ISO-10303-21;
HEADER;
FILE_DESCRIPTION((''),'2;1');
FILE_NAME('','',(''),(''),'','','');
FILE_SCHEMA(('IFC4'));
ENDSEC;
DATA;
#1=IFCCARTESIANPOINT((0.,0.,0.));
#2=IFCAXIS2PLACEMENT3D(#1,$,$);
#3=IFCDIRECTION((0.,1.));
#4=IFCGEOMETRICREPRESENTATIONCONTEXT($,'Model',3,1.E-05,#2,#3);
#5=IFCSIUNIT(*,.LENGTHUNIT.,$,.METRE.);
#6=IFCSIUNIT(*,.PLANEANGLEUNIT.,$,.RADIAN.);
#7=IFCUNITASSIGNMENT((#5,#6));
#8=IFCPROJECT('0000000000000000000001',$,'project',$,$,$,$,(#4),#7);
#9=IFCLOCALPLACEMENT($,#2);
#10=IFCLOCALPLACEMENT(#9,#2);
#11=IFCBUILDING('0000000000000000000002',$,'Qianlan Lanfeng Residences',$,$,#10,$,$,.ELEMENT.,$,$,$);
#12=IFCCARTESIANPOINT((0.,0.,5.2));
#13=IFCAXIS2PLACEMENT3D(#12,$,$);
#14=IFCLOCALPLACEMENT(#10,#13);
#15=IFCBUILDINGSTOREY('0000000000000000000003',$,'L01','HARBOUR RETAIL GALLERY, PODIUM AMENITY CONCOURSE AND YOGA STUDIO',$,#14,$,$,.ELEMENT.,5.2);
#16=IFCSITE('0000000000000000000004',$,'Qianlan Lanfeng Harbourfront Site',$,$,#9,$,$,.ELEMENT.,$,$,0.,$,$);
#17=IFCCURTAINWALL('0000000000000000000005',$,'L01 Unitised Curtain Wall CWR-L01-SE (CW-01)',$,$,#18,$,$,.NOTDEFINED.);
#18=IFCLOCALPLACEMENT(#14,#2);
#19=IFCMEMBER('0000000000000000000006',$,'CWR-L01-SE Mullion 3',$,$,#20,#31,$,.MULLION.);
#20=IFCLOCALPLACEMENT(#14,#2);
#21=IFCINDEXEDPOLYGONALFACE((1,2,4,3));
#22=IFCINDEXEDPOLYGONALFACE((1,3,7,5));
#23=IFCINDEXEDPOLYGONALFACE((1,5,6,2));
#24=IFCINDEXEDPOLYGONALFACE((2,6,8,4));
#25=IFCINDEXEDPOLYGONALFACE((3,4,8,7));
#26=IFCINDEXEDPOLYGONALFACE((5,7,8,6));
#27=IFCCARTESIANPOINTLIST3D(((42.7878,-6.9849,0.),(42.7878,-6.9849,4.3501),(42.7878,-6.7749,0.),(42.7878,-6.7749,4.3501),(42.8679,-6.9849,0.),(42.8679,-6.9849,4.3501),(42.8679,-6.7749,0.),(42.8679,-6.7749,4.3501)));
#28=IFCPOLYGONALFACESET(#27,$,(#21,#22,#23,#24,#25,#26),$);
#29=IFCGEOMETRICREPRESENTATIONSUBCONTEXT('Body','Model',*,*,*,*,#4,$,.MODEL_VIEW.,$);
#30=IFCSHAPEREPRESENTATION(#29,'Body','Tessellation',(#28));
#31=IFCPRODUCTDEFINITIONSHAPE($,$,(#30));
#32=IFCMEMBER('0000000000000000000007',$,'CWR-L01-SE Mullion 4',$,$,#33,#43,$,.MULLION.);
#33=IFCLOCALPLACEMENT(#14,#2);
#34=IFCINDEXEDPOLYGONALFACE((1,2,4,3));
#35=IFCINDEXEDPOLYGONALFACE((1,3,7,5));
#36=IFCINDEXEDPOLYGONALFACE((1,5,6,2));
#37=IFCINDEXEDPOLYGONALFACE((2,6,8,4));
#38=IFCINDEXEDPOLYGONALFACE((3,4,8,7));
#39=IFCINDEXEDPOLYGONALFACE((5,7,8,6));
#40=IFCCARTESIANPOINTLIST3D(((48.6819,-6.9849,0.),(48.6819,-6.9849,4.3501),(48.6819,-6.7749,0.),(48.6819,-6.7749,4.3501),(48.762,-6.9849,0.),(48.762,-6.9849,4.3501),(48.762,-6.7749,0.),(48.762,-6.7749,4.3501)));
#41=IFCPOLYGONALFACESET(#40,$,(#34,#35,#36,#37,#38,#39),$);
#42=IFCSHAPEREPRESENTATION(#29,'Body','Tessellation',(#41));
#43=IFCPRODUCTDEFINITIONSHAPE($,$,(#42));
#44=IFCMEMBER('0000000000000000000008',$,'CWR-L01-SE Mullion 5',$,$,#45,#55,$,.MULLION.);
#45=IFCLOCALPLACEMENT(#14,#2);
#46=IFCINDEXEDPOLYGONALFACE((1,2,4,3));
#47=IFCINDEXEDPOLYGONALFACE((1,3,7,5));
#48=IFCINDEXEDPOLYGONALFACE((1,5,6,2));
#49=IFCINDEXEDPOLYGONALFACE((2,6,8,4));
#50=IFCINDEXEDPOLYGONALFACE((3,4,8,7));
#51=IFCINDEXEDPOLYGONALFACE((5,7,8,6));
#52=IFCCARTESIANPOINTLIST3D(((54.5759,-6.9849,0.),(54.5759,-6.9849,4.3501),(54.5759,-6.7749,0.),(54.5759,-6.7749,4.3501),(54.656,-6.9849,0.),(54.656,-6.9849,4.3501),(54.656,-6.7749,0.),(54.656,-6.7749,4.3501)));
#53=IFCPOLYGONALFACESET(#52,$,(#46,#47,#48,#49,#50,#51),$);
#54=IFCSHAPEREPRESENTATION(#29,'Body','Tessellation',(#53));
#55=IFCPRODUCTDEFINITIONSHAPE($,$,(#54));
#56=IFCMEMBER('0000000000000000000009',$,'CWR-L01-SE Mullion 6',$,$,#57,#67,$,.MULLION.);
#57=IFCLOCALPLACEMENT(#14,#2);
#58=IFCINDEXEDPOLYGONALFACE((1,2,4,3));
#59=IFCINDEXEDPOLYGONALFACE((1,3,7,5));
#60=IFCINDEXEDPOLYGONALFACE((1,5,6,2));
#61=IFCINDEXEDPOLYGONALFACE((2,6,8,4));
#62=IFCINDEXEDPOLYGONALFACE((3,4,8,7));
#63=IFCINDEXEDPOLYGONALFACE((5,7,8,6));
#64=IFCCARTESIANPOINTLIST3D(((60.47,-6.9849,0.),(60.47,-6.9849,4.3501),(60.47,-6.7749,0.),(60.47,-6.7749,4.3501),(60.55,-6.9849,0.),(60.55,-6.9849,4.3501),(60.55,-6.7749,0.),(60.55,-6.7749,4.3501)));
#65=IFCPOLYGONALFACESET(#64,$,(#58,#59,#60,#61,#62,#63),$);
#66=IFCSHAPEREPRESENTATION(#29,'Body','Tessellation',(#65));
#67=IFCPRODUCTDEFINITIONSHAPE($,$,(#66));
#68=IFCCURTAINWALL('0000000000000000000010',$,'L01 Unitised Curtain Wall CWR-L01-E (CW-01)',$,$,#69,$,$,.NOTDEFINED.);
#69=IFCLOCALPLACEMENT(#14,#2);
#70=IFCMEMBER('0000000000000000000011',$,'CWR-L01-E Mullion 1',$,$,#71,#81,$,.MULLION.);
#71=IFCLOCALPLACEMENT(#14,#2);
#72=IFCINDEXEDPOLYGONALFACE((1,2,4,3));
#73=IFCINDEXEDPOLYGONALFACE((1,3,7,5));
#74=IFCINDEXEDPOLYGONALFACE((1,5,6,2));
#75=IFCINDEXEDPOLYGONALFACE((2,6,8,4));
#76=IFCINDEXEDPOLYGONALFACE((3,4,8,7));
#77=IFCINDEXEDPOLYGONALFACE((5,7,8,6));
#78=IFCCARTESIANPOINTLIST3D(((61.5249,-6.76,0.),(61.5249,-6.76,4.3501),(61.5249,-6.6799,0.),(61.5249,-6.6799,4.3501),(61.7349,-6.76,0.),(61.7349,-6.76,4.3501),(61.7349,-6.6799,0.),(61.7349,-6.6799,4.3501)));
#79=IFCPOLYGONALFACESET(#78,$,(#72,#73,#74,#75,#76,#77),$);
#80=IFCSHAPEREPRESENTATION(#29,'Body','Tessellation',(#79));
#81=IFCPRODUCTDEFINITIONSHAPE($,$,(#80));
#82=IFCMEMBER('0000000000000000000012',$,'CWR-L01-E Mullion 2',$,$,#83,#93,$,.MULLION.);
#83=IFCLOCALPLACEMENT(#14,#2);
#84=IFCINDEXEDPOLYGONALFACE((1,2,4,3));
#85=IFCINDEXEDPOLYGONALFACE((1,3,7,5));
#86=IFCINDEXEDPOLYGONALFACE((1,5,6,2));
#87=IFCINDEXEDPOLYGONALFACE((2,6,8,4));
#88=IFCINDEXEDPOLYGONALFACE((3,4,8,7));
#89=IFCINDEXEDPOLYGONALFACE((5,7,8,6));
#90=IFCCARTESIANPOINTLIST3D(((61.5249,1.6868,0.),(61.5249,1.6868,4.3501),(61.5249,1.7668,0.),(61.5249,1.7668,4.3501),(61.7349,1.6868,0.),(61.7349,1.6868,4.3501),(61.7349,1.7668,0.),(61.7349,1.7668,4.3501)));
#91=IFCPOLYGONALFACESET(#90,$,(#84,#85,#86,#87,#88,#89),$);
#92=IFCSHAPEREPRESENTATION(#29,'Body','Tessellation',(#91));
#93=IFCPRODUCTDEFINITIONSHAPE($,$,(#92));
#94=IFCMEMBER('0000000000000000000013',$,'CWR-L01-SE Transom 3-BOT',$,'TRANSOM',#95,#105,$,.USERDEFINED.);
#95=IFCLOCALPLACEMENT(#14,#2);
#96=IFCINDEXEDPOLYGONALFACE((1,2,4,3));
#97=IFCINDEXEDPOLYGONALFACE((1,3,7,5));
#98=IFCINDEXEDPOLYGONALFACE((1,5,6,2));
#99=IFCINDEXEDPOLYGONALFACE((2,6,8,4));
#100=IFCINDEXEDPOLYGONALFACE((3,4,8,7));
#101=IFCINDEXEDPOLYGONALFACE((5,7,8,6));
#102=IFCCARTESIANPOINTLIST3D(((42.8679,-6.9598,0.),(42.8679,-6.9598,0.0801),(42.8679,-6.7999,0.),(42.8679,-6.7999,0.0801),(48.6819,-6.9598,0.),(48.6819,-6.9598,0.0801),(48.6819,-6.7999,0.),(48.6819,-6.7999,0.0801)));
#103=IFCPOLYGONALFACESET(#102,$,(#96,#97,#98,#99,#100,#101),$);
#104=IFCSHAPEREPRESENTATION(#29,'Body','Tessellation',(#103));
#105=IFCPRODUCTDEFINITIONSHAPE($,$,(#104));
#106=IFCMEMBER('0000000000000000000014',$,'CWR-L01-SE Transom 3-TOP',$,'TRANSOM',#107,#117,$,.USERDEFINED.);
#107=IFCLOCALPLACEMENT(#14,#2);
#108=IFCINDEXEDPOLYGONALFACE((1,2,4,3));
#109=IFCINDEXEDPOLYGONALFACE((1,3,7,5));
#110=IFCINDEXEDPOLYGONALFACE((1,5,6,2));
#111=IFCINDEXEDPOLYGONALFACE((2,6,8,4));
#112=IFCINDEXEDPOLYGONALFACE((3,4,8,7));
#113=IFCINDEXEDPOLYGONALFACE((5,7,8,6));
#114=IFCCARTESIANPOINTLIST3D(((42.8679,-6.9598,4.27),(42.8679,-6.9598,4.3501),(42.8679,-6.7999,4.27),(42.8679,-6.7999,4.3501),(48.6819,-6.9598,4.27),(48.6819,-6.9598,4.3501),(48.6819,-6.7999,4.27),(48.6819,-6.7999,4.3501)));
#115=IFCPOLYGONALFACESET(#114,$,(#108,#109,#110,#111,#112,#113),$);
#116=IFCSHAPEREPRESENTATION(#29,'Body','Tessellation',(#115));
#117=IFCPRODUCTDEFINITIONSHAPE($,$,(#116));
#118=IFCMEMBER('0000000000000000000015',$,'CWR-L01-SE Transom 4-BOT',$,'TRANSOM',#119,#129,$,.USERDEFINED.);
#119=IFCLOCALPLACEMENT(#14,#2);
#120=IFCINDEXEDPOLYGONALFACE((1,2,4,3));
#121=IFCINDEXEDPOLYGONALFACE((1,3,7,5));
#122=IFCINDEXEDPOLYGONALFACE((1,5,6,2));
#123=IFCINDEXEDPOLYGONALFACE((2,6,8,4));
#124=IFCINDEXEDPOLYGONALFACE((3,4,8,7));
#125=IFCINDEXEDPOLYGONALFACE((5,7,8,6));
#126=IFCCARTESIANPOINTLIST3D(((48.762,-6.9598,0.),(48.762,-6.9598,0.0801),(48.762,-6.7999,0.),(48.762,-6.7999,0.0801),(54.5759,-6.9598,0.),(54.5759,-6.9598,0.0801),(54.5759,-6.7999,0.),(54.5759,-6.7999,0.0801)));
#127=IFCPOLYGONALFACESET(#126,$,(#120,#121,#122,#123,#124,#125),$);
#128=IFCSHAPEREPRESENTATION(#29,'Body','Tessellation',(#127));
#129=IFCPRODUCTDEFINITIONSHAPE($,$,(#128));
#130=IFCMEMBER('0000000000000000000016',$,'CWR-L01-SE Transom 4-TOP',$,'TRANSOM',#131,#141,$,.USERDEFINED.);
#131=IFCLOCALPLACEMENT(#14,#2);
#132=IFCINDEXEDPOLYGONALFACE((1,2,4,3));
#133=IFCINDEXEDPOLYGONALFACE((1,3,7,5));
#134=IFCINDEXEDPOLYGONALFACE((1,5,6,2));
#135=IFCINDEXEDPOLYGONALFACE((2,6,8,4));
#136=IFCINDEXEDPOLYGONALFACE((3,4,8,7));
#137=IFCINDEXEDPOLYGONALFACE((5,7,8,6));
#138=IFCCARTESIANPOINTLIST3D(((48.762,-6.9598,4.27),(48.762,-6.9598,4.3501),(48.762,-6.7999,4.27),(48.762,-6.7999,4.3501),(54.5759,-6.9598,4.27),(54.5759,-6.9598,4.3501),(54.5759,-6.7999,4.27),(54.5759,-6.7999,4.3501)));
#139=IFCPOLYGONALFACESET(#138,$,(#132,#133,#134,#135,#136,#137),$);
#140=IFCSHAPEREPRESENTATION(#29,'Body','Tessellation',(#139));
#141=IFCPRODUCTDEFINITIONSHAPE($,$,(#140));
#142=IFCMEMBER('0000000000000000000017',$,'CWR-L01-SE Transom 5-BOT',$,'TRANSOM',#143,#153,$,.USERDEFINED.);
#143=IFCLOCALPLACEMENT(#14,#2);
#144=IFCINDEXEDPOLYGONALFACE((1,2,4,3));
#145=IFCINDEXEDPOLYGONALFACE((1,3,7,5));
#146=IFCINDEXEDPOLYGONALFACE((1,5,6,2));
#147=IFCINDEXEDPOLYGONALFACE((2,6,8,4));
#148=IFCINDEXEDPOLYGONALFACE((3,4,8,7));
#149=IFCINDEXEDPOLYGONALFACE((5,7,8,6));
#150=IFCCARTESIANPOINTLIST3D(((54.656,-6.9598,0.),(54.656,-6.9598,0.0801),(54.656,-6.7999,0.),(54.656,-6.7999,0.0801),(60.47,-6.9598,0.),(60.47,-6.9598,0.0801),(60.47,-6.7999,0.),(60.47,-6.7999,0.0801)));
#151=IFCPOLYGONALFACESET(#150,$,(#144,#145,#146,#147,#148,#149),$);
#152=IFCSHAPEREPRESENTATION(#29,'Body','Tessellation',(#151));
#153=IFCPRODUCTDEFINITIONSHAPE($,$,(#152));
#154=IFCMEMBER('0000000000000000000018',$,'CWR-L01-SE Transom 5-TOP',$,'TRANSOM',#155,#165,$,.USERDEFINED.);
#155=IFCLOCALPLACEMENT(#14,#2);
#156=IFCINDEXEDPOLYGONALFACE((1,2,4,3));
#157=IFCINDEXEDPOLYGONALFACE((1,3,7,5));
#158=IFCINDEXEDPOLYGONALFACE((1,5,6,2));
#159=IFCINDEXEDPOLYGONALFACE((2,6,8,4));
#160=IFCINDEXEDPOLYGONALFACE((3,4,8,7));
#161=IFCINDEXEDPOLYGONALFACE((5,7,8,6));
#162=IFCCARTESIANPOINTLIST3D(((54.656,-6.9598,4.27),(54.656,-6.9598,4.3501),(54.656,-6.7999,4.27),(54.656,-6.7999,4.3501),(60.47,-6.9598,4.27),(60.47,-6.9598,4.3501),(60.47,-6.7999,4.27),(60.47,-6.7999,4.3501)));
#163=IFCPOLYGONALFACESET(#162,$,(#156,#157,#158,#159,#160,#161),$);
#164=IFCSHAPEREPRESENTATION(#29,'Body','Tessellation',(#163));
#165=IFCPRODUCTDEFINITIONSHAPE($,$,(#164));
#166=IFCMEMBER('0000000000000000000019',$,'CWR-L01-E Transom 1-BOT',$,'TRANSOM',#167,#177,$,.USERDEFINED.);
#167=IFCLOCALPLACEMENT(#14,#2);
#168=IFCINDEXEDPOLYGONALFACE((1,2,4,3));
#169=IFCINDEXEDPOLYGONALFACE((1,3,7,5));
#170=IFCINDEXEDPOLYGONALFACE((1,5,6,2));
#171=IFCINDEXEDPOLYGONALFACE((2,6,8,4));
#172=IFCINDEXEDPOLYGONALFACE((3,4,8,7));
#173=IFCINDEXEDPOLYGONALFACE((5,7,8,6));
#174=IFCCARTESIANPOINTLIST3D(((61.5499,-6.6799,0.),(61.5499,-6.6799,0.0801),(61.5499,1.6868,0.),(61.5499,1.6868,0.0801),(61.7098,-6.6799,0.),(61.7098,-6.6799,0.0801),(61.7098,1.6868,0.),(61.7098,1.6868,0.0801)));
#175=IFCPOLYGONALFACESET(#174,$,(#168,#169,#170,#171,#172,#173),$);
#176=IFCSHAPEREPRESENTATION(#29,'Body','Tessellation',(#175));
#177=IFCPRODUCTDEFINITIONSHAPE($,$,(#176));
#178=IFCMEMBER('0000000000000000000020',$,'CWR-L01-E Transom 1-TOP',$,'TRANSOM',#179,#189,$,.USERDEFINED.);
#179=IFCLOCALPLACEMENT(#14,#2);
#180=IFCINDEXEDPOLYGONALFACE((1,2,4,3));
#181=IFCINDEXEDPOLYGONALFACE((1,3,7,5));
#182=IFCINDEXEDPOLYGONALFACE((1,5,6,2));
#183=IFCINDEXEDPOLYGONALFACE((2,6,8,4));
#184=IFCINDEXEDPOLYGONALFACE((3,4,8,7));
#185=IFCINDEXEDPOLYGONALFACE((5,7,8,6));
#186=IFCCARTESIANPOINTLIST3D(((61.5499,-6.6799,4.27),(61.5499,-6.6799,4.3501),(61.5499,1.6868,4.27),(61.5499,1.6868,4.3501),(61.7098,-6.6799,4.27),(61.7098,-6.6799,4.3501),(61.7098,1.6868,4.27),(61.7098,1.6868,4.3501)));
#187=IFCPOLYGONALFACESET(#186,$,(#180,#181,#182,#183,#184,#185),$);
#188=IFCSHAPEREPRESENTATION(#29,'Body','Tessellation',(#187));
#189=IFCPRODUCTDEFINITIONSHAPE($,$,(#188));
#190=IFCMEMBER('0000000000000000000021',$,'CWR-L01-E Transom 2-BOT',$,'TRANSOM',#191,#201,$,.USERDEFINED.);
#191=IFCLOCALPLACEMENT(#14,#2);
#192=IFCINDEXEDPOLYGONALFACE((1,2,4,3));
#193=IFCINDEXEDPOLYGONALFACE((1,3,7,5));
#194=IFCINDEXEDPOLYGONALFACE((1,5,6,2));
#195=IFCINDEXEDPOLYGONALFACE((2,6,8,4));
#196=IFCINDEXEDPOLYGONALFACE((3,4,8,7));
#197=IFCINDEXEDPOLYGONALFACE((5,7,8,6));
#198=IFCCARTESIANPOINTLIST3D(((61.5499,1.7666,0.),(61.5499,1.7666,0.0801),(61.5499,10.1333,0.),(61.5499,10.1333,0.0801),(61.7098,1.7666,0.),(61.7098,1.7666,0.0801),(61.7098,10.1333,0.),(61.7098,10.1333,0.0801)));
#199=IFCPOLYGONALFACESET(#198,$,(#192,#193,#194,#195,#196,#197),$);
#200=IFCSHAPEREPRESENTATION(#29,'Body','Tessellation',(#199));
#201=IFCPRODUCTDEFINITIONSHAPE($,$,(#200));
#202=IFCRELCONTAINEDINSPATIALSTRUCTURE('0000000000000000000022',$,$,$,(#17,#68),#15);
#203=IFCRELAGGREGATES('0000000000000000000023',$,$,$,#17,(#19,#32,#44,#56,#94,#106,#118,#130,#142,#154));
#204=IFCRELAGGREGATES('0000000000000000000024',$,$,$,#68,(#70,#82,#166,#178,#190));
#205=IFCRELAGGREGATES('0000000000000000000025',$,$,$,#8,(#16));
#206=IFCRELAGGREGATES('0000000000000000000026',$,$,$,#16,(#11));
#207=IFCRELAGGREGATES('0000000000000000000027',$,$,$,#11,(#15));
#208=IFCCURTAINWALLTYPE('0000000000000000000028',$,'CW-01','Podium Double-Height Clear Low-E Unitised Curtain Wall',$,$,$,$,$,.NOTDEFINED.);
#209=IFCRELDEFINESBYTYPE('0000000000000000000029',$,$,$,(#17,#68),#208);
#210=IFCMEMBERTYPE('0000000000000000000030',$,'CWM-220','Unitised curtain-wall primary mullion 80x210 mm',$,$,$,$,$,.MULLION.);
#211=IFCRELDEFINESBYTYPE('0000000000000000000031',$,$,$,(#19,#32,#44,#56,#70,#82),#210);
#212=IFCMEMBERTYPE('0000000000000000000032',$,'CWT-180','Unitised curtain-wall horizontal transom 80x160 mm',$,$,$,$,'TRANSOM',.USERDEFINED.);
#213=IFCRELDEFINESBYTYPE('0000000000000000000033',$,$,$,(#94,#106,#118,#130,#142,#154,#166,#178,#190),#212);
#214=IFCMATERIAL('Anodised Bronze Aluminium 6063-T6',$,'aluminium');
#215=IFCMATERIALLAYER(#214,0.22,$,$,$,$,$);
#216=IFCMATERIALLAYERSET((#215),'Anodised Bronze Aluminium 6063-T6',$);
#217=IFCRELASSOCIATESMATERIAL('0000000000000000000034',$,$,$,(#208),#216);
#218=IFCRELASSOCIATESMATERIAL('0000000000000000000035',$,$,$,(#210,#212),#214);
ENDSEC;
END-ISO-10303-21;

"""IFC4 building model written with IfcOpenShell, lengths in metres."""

from ifc_helpers import new_model, si_unit, direction, frame, origin, origin_2d, place, context, subcontext, project, spatial, rectangle, extrude, source, transform, mapped, material, layer, layer_set, material_profile, profile_set, type_object, element, aggregate, save


model = new_model("IFC4")

# Units and contexts
model_context = context("Model", 3, precision=1e-05, world=origin(), true_north=direction((0.0, 1.0)))
body_context = subcontext(model_context, "Body", "Model", "MODEL_VIEW")
ifc_project = project(units=[si_unit("LENGTHUNIT", "METRE"), si_unit("PLANEANGLEUNIT", "RADIAN")], contexts=[model_context])

# Site, building, storey
site_placement = place(None, origin())
site = spatial("IfcSite", under=ifc_project, at=site_placement, Name="Qianlan Lanfeng Harbourfront Site", CompositionType="ELEMENT", RefElevation=0.0)
building_placement = place(site_placement, origin())
building = spatial("IfcBuilding", under=site, at=building_placement, Name="Qianlan Lanfeng Residences", CompositionType="ELEMENT")
storey_placement = place(building_placement, frame((0.0, 0.0, 5.2)))
storey = spatial("IfcBuildingStorey", under=building, at=storey_placement, Name="L01", Description="HARBOUR RETAIL GALLERY, PODIUM AMENITY CONCOURSE AND YOGA STUDIO", CompositionType="ELEMENT", Elevation=5.2)

# Curtain walls, members
ifc_material_1 = material(Name="Anodised Bronze Aluminium 6063-T6", Category="aluminium")
ifc_layer_1 = layer(ifc_material_1, 0.22)
ifc_layer_set_1 = layer_set([ifc_layer_1], Name="Anodised Bronze Aluminium 6063-T6")
curtain_wall_type = type_object("IfcCurtainWallType", Name="CW-01", Description="Podium Double-Height Clear Low-E Unitised Curtain Wall", PredefinedType="NOTDEFINED", material=ifc_layer_set_1)
curtain_wall_1_placement = place(storey_placement, origin())
curtain_wall_1 = element("IfcCurtainWall", 1, at=curtain_wall_1_placement, inside=storey, type_object=curtain_wall_type, Name="L01 Unitised Curtain Wall CWR-L01-SE (CW-01)", PredefinedType="NOTDEFINED")
ifc_material_profile_1 = material_profile(ifc_material_1, rectangle(XDim=0.0801, YDim=0.21, at=origin_2d()), Name="ALU MULLION 80x210")
ifc_profile_set_1 = profile_set([ifc_material_profile_1], Name="Anodised Bronze Aluminium 6063-T6")
member_type_1 = type_object("IfcMemberType", Name="CWM-220", Description="Unitised curtain-wall primary mullion 80x210 mm", PredefinedType="MULLION", material=ifc_profile_set_1)
shared_shape_1 = source(origin(), body_context, "Body", "SweptSolid", [
    extrude(rectangle(XDim=0.0801, YDim=0.21, at=origin_2d()), origin(), (0.0, 0.0, 1.0), 4.3501),
])
member_1_placement = place(storey_placement, frame((42.8279, -6.8799, 0.0), z_axis=(0.0, 0.0, 1.0), x_axis=(1.0, 0.0, 0.0)))
member_1 = element("IfcMember", 2, at=member_1_placement, type_object=member_type_1, Name="CWR-L01-SE Mullion 3", PredefinedType="MULLION", context=body_context, shape_type="MappedRepresentation", body=[
    mapped(shared_shape_1, transform((0.0, 0.0, 0.0), scale=1.0)),
])
member_2_placement = place(storey_placement, frame((48.7219, -6.8799, 0.0), z_axis=(0.0, 0.0, 1.0), x_axis=(1.0, 0.0, 0.0)))
member_2 = element("IfcMember", 3, at=member_2_placement, type_object=member_type_1, Name="CWR-L01-SE Mullion 4", PredefinedType="MULLION", context=body_context, shape_type="MappedRepresentation", body=[
    mapped(shared_shape_1, transform((0.0, 0.0, 0.0), scale=1.0)),
])
member_3_placement = place(storey_placement, frame((54.616, -6.8799, 0.0), z_axis=(0.0, 0.0, 1.0), x_axis=(1.0, 0.0, 0.0)))
member_3 = element("IfcMember", 4, at=member_3_placement, type_object=member_type_1, Name="CWR-L01-SE Mullion 5", PredefinedType="MULLION", context=body_context, shape_type="MappedRepresentation", body=[
    mapped(shared_shape_1, transform((0.0, 0.0, 0.0), scale=1.0)),
])
member_4_placement = place(storey_placement, frame((60.51, -6.8799, 0.0), z_axis=(0.0, 0.0, 1.0), x_axis=(1.0, 0.0, 0.0)))
member_4 = element("IfcMember", 5, at=member_4_placement, type_object=member_type_1, Name="CWR-L01-SE Mullion 6", PredefinedType="MULLION", context=body_context, shape_type="MappedRepresentation", body=[
    mapped(shared_shape_1, transform((0.0, 0.0, 0.0), scale=1.0)),
])
curtain_wall_2_placement = place(storey_placement, origin())
curtain_wall_2 = element("IfcCurtainWall", 6, at=curtain_wall_2_placement, inside=storey, type_object=curtain_wall_type, Name="L01 Unitised Curtain Wall CWR-L01-E (CW-01)", PredefinedType="NOTDEFINED")
member_5_placement = place(storey_placement, frame((61.6299, -6.72, 0.0), z_axis=(0.0, 0.0, 1.0), x_axis=(0.0, 1.0, 0.0)))
member_5 = element("IfcMember", 7, at=member_5_placement, type_object=member_type_1, Name="CWR-L01-E Mullion 1", PredefinedType="MULLION", context=body_context, shape_type="MappedRepresentation", body=[
    mapped(shared_shape_1, transform((0.0, 0.0, 0.0), scale=1.0)),
])
member_6_placement = place(storey_placement, frame((61.6299, 1.7268, 0.0), z_axis=(0.0, 0.0, 1.0), x_axis=(0.0, 1.0, 0.0)))
member_6 = element("IfcMember", 8, at=member_6_placement, type_object=member_type_1, Name="CWR-L01-E Mullion 2", PredefinedType="MULLION", context=body_context, shape_type="MappedRepresentation", body=[
    mapped(shared_shape_1, transform((0.0, 0.0, 0.0), scale=1.0)),
])

# Members
ifc_material_profile_2 = material_profile(ifc_material_1, rectangle(XDim=0.0801, YDim=0.1599, at=origin_2d()), Name="ALU TRANSOM 80x160")
ifc_profile_set_2 = profile_set([ifc_material_profile_2], Name="Anodised Bronze Aluminium 6063-T6")
member_type_2 = type_object("IfcMemberType", Name="CWT-180", Description="Unitised curtain-wall horizontal transom 80x160 mm", ElementType="TRANSOM", PredefinedType="USERDEFINED", material=ifc_profile_set_2)
shared_shape_2 = source(origin(), body_context, "Body", "SweptSolid", [
    extrude(rectangle(XDim=0.0801, YDim=0.1599, at=origin_2d()), origin(), (0.0, 0.0, 1.0), 5.814),
])
member_7_placement = place(storey_placement, frame((42.8679, -6.8799, 0.04), z_axis=(1.0, 0.0, 0.0), x_axis=(0.0, 0.0, 1.0)))
member_7 = element("IfcMember", 9, at=member_7_placement, type_object=member_type_2, Name="CWR-L01-SE Transom 3-BOT", ObjectType="TRANSOM", PredefinedType="USERDEFINED", context=body_context, shape_type="MappedRepresentation", body=[
    mapped(shared_shape_2, transform((0.0, 0.0, 0.0), scale=1.0)),
])
member_8_placement = place(storey_placement, frame((42.8679, -6.8799, 4.3101), z_axis=(1.0, 0.0, 0.0), x_axis=(0.0, 0.0, 1.0)))
member_8 = element("IfcMember", 10, at=member_8_placement, type_object=member_type_2, Name="CWR-L01-SE Transom 3-TOP", ObjectType="TRANSOM", PredefinedType="USERDEFINED", context=body_context, shape_type="MappedRepresentation", body=[
    mapped(shared_shape_2, transform((0.0, 0.0, 0.0), scale=1.0)),
])
member_9_placement = place(storey_placement, frame((48.762, -6.8799, 0.04), z_axis=(1.0, 0.0, 0.0), x_axis=(0.0, 0.0, 1.0)))
member_9 = element("IfcMember", 11, at=member_9_placement, type_object=member_type_2, Name="CWR-L01-SE Transom 4-BOT", ObjectType="TRANSOM", PredefinedType="USERDEFINED", context=body_context, shape_type="MappedRepresentation", body=[
    mapped(shared_shape_2, transform((0.0, 0.0, 0.0), scale=1.0)),
])
member_10_placement = place(storey_placement, frame((48.762, -6.8799, 4.3101), z_axis=(1.0, 0.0, 0.0), x_axis=(0.0, 0.0, 1.0)))
member_10 = element("IfcMember", 12, at=member_10_placement, type_object=member_type_2, Name="CWR-L01-SE Transom 4-TOP", ObjectType="TRANSOM", PredefinedType="USERDEFINED", context=body_context, shape_type="MappedRepresentation", body=[
    mapped(shared_shape_2, transform((0.0, 0.0, 0.0), scale=1.0)),
])
member_11_placement = place(storey_placement, frame((54.656, -6.8799, 0.04), z_axis=(1.0, 0.0, 0.0), x_axis=(0.0, 0.0, 1.0)))
member_11 = element("IfcMember", 13, at=member_11_placement, type_object=member_type_2, Name="CWR-L01-SE Transom 5-BOT", ObjectType="TRANSOM", PredefinedType="USERDEFINED", context=body_context, shape_type="MappedRepresentation", body=[
    mapped(shared_shape_2, transform((0.0, 0.0, 0.0), scale=1.0)),
])
member_12_placement = place(storey_placement, frame((54.656, -6.8799, 4.3101), z_axis=(1.0, 0.0, 0.0), x_axis=(0.0, 0.0, 1.0)))
member_12 = element("IfcMember", 14, at=member_12_placement, type_object=member_type_2, Name="CWR-L01-SE Transom 5-TOP", ObjectType="TRANSOM", PredefinedType="USERDEFINED", context=body_context, shape_type="MappedRepresentation", body=[
    mapped(shared_shape_2, transform((0.0, 0.0, 0.0), scale=1.0)),
])
shared_shape_3 = source(origin(), body_context, "Body", "SweptSolid", [
    extrude(rectangle(XDim=0.0801, YDim=0.1599, at=origin_2d()), origin(), (0.0, 0.0, 1.0), 8.3667),
])
member_13_placement = place(storey_placement, frame((61.6299, -6.6799, 0.04), z_axis=(0.0, 1.0, 0.0), x_axis=(0.0, 0.0, 1.0)))
member_13 = element("IfcMember", 15, at=member_13_placement, type_object=member_type_2, Name="CWR-L01-E Transom 1-BOT", ObjectType="TRANSOM", PredefinedType="USERDEFINED", context=body_context, shape_type="MappedRepresentation", body=[
    mapped(shared_shape_3, transform((0.0, 0.0, 0.0), scale=1.0)),
])
member_14_placement = place(storey_placement, frame((61.6299, -6.6799, 4.3101), z_axis=(0.0, 1.0, 0.0), x_axis=(0.0, 0.0, 1.0)))
member_14 = element("IfcMember", 16, at=member_14_placement, type_object=member_type_2, Name="CWR-L01-E Transom 1-TOP", ObjectType="TRANSOM", PredefinedType="USERDEFINED", context=body_context, shape_type="MappedRepresentation", body=[
    mapped(shared_shape_3, transform((0.0, 0.0, 0.0), scale=1.0)),
])
member_15_placement = place(storey_placement, frame((61.6299, 1.7666, 0.04), z_axis=(0.0, 1.0, 0.0), x_axis=(0.0, 0.0, 1.0)))
member_15 = element("IfcMember", 17, at=member_15_placement, type_object=member_type_2, Name="CWR-L01-E Transom 2-BOT", ObjectType="TRANSOM", PredefinedType="USERDEFINED", context=body_context, shape_type="MappedRepresentation", body=[
    mapped(shared_shape_3, transform((0.0, 0.0, 0.0), scale=1.0)),
])

aggregate(curtain_wall_1, [member_1, member_2, member_3, member_4, member_7, member_8, member_9, member_10, member_11, member_12])
aggregate(curtain_wall_2, [member_5, member_6, member_13, member_14, member_15])

save(model, "model.ifc")
